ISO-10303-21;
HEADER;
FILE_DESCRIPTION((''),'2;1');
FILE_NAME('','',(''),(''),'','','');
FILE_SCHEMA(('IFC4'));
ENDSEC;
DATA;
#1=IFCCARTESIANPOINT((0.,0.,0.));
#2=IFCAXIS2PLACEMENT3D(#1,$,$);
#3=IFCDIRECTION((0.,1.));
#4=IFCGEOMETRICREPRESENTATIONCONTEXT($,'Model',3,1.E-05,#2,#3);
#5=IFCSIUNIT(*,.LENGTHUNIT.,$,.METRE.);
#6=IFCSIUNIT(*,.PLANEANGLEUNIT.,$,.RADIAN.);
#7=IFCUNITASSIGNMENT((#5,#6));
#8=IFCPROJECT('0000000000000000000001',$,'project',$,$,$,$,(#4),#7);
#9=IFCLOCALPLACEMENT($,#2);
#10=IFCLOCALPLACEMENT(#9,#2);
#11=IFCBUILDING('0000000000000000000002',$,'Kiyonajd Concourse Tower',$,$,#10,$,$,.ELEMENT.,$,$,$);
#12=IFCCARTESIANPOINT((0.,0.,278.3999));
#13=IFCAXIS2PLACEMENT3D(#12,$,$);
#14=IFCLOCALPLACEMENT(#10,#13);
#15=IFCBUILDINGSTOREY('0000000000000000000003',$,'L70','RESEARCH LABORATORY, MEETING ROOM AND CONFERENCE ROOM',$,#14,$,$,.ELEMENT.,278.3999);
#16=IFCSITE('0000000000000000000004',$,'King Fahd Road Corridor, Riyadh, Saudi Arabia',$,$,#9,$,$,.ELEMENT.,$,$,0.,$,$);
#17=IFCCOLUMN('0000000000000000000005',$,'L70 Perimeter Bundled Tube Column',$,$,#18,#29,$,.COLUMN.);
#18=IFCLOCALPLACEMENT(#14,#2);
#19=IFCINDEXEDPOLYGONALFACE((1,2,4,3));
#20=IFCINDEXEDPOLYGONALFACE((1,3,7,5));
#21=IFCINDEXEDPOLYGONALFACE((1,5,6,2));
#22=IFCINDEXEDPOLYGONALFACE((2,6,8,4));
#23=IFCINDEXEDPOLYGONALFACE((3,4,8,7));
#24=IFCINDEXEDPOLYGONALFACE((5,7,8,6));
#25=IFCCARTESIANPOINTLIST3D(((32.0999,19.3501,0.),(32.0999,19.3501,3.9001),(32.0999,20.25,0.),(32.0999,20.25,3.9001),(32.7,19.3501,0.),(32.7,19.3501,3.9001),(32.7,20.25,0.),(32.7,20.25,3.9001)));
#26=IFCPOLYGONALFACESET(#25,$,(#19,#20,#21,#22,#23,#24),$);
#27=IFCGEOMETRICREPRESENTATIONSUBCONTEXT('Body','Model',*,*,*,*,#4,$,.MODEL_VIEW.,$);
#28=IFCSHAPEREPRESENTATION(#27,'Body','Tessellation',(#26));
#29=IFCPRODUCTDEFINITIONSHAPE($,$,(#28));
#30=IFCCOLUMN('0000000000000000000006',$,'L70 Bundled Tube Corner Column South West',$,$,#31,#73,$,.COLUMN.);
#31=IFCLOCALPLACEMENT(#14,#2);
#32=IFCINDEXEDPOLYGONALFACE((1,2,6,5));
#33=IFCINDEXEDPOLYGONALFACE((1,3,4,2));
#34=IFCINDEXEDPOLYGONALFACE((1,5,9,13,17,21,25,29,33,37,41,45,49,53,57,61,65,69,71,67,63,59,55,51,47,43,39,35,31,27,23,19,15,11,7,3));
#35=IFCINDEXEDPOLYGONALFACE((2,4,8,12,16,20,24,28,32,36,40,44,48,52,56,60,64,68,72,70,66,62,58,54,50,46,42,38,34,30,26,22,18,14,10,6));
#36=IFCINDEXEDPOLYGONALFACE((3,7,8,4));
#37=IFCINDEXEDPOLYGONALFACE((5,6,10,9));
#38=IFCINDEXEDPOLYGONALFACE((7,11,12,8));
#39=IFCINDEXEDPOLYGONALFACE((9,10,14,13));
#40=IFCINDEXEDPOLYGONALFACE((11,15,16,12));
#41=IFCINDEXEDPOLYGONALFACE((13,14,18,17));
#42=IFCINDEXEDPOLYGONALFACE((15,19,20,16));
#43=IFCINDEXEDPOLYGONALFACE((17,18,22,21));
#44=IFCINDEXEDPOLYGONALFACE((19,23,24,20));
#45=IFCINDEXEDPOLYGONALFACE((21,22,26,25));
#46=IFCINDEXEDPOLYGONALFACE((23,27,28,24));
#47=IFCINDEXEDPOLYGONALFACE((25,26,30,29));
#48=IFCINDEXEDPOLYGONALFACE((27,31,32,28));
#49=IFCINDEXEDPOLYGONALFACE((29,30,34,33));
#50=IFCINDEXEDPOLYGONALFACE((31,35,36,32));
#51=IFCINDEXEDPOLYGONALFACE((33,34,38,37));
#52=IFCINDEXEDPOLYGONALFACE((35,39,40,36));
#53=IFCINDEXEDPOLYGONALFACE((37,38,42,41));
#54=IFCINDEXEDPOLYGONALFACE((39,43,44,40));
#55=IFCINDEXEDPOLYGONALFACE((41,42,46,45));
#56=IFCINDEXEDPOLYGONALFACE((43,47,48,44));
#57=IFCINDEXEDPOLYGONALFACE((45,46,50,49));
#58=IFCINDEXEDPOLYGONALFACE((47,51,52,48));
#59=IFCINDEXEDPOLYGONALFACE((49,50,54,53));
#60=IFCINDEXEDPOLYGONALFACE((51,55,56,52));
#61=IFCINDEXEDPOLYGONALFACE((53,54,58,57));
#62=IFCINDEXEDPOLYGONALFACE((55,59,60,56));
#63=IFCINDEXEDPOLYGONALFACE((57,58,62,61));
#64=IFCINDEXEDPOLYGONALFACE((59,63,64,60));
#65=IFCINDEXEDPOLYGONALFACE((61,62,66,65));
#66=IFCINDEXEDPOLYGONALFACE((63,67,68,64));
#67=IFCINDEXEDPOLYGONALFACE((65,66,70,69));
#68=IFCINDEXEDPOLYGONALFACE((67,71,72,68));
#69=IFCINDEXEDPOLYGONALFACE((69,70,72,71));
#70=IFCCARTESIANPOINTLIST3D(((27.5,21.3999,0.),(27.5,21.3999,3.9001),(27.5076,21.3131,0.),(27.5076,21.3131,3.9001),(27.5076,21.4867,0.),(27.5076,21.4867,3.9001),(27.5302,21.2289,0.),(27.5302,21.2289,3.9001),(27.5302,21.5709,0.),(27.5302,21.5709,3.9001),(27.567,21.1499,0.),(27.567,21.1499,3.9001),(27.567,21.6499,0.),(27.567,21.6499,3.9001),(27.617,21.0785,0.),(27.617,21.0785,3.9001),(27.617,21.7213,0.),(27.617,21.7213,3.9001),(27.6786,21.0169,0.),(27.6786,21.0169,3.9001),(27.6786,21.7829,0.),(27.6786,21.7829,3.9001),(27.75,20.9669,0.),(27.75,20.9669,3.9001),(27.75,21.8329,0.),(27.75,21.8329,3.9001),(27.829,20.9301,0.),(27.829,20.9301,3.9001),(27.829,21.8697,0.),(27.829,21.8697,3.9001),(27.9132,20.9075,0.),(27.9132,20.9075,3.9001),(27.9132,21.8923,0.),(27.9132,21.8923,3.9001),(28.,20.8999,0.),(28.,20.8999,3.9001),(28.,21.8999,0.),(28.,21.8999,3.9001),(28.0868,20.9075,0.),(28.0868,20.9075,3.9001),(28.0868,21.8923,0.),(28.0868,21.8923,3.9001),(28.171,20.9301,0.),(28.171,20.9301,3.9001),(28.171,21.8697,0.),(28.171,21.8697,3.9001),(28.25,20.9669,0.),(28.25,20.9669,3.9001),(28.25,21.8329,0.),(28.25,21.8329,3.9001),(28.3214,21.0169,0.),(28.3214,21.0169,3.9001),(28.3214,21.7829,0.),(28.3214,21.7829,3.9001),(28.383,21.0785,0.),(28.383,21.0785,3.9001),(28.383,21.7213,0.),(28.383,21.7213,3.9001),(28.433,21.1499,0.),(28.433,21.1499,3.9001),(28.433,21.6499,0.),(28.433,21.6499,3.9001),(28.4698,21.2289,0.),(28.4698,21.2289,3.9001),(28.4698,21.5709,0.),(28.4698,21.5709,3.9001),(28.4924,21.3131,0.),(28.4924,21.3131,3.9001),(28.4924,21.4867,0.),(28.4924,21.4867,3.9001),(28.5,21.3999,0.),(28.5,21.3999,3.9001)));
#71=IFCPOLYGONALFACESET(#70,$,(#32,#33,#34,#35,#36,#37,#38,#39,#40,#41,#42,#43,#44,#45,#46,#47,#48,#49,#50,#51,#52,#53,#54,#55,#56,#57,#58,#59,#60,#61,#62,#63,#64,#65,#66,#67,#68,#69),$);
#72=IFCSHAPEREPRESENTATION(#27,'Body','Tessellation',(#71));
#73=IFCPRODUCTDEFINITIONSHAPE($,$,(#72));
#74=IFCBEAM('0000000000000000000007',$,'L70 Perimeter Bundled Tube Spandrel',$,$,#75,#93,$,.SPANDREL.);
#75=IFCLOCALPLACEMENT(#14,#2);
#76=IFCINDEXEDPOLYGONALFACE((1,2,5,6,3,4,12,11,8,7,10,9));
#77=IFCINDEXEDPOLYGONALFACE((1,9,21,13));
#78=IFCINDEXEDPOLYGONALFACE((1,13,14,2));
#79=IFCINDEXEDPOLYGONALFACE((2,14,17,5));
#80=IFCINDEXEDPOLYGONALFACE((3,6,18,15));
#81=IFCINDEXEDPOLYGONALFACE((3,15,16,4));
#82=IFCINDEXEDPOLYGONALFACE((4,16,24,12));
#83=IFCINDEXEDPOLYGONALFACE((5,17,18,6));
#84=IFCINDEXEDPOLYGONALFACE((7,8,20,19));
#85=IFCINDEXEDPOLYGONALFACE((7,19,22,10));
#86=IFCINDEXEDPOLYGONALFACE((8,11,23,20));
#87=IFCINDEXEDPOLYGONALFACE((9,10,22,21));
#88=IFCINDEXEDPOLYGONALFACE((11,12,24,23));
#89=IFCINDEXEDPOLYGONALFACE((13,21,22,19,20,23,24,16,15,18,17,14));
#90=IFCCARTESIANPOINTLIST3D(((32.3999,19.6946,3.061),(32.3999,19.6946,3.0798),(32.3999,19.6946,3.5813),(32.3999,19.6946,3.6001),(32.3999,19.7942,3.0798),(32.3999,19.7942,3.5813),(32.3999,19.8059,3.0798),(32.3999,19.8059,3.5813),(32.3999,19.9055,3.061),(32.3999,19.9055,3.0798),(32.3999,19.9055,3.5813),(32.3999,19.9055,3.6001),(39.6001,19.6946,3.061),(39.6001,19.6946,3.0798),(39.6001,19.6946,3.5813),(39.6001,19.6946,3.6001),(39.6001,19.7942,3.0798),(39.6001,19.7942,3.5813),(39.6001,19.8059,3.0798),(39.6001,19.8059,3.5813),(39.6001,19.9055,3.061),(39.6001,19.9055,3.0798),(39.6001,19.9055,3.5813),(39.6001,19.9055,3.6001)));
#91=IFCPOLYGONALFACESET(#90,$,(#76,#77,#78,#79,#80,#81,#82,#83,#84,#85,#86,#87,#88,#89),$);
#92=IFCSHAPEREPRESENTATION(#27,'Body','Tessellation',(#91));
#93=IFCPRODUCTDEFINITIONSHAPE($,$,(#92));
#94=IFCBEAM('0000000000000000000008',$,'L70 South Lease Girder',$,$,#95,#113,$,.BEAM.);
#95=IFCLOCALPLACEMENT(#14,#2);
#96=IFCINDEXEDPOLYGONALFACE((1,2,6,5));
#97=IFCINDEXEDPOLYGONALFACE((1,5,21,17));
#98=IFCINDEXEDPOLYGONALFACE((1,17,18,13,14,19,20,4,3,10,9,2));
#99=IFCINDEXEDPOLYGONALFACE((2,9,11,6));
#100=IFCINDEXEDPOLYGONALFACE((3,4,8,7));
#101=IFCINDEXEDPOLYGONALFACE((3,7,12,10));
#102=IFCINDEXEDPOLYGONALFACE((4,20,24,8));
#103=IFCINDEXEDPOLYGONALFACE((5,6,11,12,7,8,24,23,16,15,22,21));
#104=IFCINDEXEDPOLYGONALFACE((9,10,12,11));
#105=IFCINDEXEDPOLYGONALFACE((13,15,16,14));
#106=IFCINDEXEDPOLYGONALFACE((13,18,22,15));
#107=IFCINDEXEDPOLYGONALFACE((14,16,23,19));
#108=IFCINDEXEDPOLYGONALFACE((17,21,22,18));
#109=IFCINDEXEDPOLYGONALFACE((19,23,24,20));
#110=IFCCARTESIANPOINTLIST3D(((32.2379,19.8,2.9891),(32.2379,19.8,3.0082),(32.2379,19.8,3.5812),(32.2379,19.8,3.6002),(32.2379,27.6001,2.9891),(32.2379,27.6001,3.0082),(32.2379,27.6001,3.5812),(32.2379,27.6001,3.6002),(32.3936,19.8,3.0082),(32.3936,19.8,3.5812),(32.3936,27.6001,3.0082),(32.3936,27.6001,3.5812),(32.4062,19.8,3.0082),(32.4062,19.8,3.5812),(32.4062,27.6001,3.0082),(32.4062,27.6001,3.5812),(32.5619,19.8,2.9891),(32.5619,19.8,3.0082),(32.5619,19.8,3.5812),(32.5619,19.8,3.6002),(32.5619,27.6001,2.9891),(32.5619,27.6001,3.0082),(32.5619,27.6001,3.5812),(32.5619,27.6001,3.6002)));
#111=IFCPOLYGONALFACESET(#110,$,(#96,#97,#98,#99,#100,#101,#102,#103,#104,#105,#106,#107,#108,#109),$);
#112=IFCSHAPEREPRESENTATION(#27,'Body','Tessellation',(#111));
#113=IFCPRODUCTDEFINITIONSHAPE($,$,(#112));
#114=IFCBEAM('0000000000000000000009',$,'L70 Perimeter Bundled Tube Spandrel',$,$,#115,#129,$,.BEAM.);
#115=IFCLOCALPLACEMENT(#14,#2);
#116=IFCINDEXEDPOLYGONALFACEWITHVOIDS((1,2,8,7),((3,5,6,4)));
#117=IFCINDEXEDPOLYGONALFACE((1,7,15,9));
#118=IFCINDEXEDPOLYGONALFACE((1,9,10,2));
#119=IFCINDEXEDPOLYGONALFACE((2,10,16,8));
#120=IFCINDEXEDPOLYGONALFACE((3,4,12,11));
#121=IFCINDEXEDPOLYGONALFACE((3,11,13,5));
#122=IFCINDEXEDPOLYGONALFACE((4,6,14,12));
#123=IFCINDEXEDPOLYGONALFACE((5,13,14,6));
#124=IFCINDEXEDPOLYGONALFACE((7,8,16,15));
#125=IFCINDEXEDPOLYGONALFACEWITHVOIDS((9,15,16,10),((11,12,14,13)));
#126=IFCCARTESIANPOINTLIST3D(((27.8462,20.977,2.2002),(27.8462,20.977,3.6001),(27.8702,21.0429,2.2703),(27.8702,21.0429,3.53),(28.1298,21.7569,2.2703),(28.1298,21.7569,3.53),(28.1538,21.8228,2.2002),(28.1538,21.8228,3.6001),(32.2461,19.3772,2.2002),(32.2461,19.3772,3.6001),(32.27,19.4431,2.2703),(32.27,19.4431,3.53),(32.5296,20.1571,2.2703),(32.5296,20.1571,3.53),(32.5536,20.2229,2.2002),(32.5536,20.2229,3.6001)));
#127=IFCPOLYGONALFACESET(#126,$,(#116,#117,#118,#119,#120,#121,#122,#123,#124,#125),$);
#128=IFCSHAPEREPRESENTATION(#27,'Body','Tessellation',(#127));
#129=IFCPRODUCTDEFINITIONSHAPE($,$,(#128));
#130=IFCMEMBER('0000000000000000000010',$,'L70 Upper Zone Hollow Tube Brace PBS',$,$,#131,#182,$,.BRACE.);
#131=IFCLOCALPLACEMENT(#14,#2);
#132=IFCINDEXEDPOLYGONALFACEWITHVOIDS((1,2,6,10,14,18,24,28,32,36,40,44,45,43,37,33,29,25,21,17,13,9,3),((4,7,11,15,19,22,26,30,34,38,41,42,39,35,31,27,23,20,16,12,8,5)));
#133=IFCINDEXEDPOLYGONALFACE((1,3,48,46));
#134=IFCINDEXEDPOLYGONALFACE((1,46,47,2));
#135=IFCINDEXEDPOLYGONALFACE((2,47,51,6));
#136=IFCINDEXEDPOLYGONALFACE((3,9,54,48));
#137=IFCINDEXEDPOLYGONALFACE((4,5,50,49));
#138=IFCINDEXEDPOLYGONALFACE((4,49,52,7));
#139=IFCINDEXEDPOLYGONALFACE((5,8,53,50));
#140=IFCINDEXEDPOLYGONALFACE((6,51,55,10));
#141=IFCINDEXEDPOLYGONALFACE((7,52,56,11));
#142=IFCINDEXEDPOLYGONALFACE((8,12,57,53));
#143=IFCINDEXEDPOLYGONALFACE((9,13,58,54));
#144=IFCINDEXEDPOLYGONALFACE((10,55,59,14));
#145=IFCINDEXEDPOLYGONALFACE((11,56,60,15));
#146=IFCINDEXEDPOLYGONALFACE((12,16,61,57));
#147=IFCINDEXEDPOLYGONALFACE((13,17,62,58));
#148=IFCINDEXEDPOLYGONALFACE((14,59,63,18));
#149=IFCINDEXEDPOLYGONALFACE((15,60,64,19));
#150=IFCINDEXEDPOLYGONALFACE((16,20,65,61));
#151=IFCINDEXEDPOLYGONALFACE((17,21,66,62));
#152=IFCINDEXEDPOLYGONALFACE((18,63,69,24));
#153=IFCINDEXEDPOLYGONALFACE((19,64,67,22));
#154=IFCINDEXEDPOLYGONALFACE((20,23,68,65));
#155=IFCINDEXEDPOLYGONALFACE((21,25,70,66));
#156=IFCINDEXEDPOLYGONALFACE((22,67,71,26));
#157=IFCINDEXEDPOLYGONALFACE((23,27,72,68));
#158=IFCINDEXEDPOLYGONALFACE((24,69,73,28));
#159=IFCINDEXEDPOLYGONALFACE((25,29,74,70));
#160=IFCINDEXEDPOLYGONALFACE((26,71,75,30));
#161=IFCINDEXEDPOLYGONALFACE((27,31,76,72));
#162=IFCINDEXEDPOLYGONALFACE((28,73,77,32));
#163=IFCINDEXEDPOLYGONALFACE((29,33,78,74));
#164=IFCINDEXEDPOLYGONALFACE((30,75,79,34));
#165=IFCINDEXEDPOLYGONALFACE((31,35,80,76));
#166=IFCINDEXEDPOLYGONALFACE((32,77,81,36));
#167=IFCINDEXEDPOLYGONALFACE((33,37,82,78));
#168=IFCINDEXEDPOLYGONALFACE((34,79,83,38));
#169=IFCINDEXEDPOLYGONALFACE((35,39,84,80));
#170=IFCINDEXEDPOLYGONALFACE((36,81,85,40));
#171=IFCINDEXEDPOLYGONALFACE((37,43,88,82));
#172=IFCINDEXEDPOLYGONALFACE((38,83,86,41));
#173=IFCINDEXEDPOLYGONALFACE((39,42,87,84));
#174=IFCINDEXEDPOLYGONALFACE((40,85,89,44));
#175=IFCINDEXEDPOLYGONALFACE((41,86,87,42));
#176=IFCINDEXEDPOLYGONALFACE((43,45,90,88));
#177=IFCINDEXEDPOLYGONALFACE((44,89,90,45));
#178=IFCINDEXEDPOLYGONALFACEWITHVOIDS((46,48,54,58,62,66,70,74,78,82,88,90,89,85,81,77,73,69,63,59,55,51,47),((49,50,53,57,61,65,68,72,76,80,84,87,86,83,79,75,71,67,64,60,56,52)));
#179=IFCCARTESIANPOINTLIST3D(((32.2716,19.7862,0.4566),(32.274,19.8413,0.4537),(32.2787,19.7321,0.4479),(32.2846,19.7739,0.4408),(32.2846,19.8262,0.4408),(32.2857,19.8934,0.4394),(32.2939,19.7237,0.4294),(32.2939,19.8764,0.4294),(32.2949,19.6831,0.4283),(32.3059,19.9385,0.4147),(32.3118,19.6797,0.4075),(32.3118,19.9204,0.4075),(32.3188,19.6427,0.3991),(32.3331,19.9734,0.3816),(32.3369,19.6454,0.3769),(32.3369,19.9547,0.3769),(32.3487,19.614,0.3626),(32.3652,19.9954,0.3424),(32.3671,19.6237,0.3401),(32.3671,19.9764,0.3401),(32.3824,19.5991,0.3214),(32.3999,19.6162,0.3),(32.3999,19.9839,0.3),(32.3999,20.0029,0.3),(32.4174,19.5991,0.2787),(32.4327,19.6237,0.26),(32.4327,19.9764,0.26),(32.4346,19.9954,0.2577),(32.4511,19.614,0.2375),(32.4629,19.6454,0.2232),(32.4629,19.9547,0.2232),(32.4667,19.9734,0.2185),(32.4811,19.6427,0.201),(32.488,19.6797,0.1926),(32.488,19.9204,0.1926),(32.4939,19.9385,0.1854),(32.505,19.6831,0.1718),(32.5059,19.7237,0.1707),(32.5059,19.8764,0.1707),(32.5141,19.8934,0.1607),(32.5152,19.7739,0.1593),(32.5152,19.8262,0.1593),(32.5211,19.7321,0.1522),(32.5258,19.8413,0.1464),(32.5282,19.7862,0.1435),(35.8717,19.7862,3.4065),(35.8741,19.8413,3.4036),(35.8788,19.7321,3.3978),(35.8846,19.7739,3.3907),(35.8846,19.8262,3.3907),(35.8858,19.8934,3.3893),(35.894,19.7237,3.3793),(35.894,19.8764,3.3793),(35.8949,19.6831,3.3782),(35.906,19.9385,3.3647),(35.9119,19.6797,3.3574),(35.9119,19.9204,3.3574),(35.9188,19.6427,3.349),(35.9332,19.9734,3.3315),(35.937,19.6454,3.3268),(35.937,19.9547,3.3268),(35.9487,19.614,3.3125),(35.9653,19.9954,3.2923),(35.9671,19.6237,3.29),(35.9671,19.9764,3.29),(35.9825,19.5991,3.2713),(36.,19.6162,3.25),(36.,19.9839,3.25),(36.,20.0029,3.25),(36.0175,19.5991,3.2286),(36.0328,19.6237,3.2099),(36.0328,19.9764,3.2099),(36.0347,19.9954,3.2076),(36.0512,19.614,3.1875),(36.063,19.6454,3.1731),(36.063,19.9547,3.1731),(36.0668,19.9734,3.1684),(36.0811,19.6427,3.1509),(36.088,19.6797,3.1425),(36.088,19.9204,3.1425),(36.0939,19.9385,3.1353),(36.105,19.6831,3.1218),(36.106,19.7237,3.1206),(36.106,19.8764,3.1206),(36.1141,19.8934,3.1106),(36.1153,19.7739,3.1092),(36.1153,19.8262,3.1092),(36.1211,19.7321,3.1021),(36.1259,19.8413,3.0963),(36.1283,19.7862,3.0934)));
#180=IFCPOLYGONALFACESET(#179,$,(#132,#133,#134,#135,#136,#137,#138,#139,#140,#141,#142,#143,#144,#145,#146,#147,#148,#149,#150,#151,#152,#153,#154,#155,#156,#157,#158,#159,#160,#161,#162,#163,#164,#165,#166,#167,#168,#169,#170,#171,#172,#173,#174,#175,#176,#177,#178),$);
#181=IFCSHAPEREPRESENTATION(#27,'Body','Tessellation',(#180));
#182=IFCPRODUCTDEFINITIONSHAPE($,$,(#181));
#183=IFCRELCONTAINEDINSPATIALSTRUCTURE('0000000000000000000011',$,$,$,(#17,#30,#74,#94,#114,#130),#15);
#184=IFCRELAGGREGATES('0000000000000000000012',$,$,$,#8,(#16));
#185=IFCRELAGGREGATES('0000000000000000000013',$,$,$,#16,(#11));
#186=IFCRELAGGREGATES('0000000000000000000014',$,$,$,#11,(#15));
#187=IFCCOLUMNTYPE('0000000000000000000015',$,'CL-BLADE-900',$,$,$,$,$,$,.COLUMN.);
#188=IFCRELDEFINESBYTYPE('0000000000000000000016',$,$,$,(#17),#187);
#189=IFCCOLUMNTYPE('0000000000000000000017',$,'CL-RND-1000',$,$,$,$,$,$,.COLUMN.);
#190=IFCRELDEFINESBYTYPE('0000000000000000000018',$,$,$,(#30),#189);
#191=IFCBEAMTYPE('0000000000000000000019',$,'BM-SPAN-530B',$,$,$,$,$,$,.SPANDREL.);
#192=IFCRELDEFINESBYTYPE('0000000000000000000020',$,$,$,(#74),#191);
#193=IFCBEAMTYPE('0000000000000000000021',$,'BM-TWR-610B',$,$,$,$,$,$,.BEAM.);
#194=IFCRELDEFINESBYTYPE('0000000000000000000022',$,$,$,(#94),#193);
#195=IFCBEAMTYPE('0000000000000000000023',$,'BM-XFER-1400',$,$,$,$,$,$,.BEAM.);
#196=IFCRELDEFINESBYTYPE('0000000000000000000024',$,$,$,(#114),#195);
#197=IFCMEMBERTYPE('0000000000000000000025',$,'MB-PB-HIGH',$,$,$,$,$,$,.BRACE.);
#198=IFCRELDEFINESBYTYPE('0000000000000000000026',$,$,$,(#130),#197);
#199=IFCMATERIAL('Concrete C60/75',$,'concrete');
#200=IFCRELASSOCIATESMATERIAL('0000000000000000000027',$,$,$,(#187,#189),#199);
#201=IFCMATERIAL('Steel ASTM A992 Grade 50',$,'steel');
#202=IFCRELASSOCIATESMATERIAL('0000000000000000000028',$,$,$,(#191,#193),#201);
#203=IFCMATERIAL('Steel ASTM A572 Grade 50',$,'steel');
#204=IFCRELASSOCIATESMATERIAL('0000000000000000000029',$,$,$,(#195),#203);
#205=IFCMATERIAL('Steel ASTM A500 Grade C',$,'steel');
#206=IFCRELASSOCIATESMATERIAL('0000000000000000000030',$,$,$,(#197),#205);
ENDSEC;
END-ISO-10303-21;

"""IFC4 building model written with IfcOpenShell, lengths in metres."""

from ifc_helpers import new_model, si_unit, direction, frame, origin, origin_2d, place, context, subcontext, project, spatial, rectangle, hollow_rectangle, circle, hollow_circle, i_section, extrude, material, material_profile, profile_set, type_object, element, save


model = new_model("IFC4")

# Units and contexts
model_context = context("Model", 3, precision=1e-05, world=origin(), true_north=direction((0.0, 1.0)))
body_context = subcontext(model_context, "Body", "Model", "MODEL_VIEW")
ifc_project = project(units=[si_unit("LENGTHUNIT", "METRE"), si_unit("PLANEANGLEUNIT", "RADIAN")], contexts=[model_context])

# Site, building, storey
site_placement = place(None, origin())
site = spatial("IfcSite", under=ifc_project, at=site_placement, Name="King Fahd Road Corridor, Riyadh, Saudi Arabia", CompositionType="ELEMENT", RefElevation=0.0)
building_placement = place(site_placement, origin())
building = spatial("IfcBuilding", under=site, at=building_placement, Name="Kiyonajd Concourse Tower", CompositionType="ELEMENT")
storey_placement = place(building_placement, frame((0.0, 0.0, 278.3999)))
storey = spatial("IfcBuildingStorey", under=building, at=storey_placement, Name="L70", Description="RESEARCH LABORATORY, MEETING ROOM AND CONFERENCE ROOM", CompositionType="ELEMENT", Elevation=278.3999)

# Columns
ifc_material_1 = material(Name="Concrete C60/75", Category="concrete")
ifc_material_profile_1 = material_profile(ifc_material_1, rectangle(XDim=0.6001, YDim=0.8999, at=origin_2d()), Name="RC-900x600")
ifc_profile_set_1 = profile_set([ifc_material_profile_1], Name="Concrete C60/75")
column_type_1 = type_object("IfcColumnType", Name="CL-BLADE-900", PredefinedType="COLUMN", material=ifc_profile_set_1)
column_1_placement = place(storey_placement, frame((32.3999, 19.8, 0.0), z_axis=(0.0, 0.0, 1.0), x_axis=(1.0, 0.0, 0.0)))
element("IfcColumn", 1, at=column_1_placement, inside=storey, type_object=column_type_1, Name="L70 Perimeter Bundled Tube Column", PredefinedType="COLUMN", context=body_context, shape_type="SweptSolid", body=[
    extrude(rectangle(XDim=0.6001, YDim=0.8999, at=origin_2d()), origin(), (0.0, 0.0, 1.0), 3.9001),
])
ifc_material_profile_2 = material_profile(ifc_material_1, circle(Radius=0.5, at=origin_2d()), Name="RCC-D1000")
ifc_profile_set_2 = profile_set([ifc_material_profile_2], Name="Concrete C60/75")
column_type_2 = type_object("IfcColumnType", Name="CL-RND-1000", PredefinedType="COLUMN", material=ifc_profile_set_2)
column_2_placement = place(storey_placement, frame((28.0, 21.3999, 0.0), z_axis=(0.0, 0.0, 1.0), x_axis=(1.0, 0.0, 0.0)))
element("IfcColumn", 2, at=column_2_placement, inside=storey, type_object=column_type_2, Name="L70 Bundled Tube Corner Column South West", PredefinedType="COLUMN", context=body_context, shape_type="SweptSolid", body=[
    extrude(circle(Radius=0.5, at=origin_2d()), origin(), (0.0, 0.0, 1.0), 3.9001),
])

# Beams
ifc_material_2 = material(Name="Steel ASTM A992 Grade 50", Category="steel")
ifc_material_profile_3 = material_profile(ifc_material_2, i_section(OverallWidth=0.2109, OverallDepth=0.5391, WebThickness=0.0117, FlangeThickness=0.0188, at=origin_2d()), Name="W530X109")
ifc_profile_set_3 = profile_set([ifc_material_profile_3], Name="Steel ASTM A992 Grade 50")
beam_type_1 = type_object("IfcBeamType", Name="BM-SPAN-530B", PredefinedType="SPANDREL", material=ifc_profile_set_3)
beam_1_placement = place(storey_placement, frame((32.3999, 19.8, 3.3306), z_axis=(1.0, 0.0, 0.0), x_axis=(0.0, 1.0, 0.0)))
element("IfcBeam", 3, at=beam_1_placement, inside=storey, type_object=beam_type_1, Name="L70 Perimeter Bundled Tube Spandrel", PredefinedType="SPANDREL", context=body_context, shape_type="SweptSolid", body=[
    extrude(i_section(OverallWidth=0.2109, OverallDepth=0.5391, WebThickness=0.0117, FlangeThickness=0.0188, at=origin_2d()), origin(), (0.0, 0.0, 1.0), 7.2002),
])
ifc_material_profile_4 = material_profile(ifc_material_2, i_section(OverallWidth=0.324, OverallDepth=0.6111, WebThickness=0.0127, FlangeThickness=0.019, at=origin_2d()), Name="W610X155")
ifc_profile_set_4 = profile_set([ifc_material_profile_4], Name="Steel ASTM A992 Grade 50")
beam_type_2 = type_object("IfcBeamType", Name="BM-TWR-610B", PredefinedType="BEAM", material=ifc_profile_set_4)
beam_2_placement = place(storey_placement, frame((32.3999, 19.8, 3.2947), z_axis=(0.0, 1.0, 0.0), x_axis=(-1.0, 0.0, 0.0)))
element("IfcBeam", 4, at=beam_2_placement, inside=storey, type_object=beam_type_2, Name="L70 South Lease Girder", PredefinedType="BEAM", context=body_context, shape_type="SweptSolid", body=[
    extrude(i_section(OverallWidth=0.324, OverallDepth=0.6111, WebThickness=0.0127, FlangeThickness=0.019, at=origin_2d()), origin(), (0.0, 0.0, 1.0), 7.8),
])
ifc_material_3 = material(Name="Steel ASTM A572 Grade 50", Category="steel")
ifc_material_profile_5 = material_profile(ifc_material_3, hollow_rectangle(XDim=0.8999, YDim=1.3999, WallThickness=0.0701, at=origin_2d()), Name="BOX-1400x900x70")
ifc_profile_set_5 = profile_set([ifc_material_profile_5], Name="Steel ASTM A572 Grade 50")
beam_type_3 = type_object("IfcBeamType", Name="BM-XFER-1400", PredefinedType="BEAM", material=ifc_profile_set_5)
beam_3_placement = place(storey_placement, frame((28.0, 21.3999, 2.9001), z_axis=(0.939801, -0.341722, 0.0), x_axis=(0.341722, 0.939801, 0.0)))
element("IfcBeam", 5, at=beam_3_placement, inside=storey, type_object=beam_type_3, Name="L70 Perimeter Bundled Tube Spandrel", PredefinedType="BEAM", context=body_context, shape_type="SweptSolid", body=[
    extrude(hollow_rectangle(XDim=0.8999, YDim=1.3999, WallThickness=0.0701, at=origin_2d()), origin(), (0.0, 0.0, 1.0), 4.6816),
])

# Member
ifc_material_4 = material(Name="Steel ASTM A500 Grade C", Category="steel")
ifc_material_profile_6 = material_profile(ifc_material_4, hollow_circle(Radius=0.2029, WallThickness=0.019, at=origin_2d()), Name="CHS-406x19")
ifc_profile_set_6 = profile_set([ifc_material_profile_6], Name="Steel ASTM A500 Grade C")
member_type = type_object("IfcMemberType", Name="MB-PB-HIGH", PredefinedType="BRACE", material=ifc_profile_set_6)
member_placement = place(storey_placement, frame((32.3999, 19.8, 0.3), z_axis=(0.773492, 0.0, 0.633806), x_axis=(0.0, 1.0, 0.0)))
element("IfcMember", 6, at=member_placement, inside=storey, type_object=member_type, Name="L70 Upper Zone Hollow Tube Brace PBS", PredefinedType="BRACE", context=body_context, shape_type="SweptSolid", body=[
    extrude(hollow_circle(Radius=0.2029, WallThickness=0.019, at=origin_2d()), origin(), (0.0, 0.0, 1.0), 4.6543),
])

save(model, "model.ifc")
